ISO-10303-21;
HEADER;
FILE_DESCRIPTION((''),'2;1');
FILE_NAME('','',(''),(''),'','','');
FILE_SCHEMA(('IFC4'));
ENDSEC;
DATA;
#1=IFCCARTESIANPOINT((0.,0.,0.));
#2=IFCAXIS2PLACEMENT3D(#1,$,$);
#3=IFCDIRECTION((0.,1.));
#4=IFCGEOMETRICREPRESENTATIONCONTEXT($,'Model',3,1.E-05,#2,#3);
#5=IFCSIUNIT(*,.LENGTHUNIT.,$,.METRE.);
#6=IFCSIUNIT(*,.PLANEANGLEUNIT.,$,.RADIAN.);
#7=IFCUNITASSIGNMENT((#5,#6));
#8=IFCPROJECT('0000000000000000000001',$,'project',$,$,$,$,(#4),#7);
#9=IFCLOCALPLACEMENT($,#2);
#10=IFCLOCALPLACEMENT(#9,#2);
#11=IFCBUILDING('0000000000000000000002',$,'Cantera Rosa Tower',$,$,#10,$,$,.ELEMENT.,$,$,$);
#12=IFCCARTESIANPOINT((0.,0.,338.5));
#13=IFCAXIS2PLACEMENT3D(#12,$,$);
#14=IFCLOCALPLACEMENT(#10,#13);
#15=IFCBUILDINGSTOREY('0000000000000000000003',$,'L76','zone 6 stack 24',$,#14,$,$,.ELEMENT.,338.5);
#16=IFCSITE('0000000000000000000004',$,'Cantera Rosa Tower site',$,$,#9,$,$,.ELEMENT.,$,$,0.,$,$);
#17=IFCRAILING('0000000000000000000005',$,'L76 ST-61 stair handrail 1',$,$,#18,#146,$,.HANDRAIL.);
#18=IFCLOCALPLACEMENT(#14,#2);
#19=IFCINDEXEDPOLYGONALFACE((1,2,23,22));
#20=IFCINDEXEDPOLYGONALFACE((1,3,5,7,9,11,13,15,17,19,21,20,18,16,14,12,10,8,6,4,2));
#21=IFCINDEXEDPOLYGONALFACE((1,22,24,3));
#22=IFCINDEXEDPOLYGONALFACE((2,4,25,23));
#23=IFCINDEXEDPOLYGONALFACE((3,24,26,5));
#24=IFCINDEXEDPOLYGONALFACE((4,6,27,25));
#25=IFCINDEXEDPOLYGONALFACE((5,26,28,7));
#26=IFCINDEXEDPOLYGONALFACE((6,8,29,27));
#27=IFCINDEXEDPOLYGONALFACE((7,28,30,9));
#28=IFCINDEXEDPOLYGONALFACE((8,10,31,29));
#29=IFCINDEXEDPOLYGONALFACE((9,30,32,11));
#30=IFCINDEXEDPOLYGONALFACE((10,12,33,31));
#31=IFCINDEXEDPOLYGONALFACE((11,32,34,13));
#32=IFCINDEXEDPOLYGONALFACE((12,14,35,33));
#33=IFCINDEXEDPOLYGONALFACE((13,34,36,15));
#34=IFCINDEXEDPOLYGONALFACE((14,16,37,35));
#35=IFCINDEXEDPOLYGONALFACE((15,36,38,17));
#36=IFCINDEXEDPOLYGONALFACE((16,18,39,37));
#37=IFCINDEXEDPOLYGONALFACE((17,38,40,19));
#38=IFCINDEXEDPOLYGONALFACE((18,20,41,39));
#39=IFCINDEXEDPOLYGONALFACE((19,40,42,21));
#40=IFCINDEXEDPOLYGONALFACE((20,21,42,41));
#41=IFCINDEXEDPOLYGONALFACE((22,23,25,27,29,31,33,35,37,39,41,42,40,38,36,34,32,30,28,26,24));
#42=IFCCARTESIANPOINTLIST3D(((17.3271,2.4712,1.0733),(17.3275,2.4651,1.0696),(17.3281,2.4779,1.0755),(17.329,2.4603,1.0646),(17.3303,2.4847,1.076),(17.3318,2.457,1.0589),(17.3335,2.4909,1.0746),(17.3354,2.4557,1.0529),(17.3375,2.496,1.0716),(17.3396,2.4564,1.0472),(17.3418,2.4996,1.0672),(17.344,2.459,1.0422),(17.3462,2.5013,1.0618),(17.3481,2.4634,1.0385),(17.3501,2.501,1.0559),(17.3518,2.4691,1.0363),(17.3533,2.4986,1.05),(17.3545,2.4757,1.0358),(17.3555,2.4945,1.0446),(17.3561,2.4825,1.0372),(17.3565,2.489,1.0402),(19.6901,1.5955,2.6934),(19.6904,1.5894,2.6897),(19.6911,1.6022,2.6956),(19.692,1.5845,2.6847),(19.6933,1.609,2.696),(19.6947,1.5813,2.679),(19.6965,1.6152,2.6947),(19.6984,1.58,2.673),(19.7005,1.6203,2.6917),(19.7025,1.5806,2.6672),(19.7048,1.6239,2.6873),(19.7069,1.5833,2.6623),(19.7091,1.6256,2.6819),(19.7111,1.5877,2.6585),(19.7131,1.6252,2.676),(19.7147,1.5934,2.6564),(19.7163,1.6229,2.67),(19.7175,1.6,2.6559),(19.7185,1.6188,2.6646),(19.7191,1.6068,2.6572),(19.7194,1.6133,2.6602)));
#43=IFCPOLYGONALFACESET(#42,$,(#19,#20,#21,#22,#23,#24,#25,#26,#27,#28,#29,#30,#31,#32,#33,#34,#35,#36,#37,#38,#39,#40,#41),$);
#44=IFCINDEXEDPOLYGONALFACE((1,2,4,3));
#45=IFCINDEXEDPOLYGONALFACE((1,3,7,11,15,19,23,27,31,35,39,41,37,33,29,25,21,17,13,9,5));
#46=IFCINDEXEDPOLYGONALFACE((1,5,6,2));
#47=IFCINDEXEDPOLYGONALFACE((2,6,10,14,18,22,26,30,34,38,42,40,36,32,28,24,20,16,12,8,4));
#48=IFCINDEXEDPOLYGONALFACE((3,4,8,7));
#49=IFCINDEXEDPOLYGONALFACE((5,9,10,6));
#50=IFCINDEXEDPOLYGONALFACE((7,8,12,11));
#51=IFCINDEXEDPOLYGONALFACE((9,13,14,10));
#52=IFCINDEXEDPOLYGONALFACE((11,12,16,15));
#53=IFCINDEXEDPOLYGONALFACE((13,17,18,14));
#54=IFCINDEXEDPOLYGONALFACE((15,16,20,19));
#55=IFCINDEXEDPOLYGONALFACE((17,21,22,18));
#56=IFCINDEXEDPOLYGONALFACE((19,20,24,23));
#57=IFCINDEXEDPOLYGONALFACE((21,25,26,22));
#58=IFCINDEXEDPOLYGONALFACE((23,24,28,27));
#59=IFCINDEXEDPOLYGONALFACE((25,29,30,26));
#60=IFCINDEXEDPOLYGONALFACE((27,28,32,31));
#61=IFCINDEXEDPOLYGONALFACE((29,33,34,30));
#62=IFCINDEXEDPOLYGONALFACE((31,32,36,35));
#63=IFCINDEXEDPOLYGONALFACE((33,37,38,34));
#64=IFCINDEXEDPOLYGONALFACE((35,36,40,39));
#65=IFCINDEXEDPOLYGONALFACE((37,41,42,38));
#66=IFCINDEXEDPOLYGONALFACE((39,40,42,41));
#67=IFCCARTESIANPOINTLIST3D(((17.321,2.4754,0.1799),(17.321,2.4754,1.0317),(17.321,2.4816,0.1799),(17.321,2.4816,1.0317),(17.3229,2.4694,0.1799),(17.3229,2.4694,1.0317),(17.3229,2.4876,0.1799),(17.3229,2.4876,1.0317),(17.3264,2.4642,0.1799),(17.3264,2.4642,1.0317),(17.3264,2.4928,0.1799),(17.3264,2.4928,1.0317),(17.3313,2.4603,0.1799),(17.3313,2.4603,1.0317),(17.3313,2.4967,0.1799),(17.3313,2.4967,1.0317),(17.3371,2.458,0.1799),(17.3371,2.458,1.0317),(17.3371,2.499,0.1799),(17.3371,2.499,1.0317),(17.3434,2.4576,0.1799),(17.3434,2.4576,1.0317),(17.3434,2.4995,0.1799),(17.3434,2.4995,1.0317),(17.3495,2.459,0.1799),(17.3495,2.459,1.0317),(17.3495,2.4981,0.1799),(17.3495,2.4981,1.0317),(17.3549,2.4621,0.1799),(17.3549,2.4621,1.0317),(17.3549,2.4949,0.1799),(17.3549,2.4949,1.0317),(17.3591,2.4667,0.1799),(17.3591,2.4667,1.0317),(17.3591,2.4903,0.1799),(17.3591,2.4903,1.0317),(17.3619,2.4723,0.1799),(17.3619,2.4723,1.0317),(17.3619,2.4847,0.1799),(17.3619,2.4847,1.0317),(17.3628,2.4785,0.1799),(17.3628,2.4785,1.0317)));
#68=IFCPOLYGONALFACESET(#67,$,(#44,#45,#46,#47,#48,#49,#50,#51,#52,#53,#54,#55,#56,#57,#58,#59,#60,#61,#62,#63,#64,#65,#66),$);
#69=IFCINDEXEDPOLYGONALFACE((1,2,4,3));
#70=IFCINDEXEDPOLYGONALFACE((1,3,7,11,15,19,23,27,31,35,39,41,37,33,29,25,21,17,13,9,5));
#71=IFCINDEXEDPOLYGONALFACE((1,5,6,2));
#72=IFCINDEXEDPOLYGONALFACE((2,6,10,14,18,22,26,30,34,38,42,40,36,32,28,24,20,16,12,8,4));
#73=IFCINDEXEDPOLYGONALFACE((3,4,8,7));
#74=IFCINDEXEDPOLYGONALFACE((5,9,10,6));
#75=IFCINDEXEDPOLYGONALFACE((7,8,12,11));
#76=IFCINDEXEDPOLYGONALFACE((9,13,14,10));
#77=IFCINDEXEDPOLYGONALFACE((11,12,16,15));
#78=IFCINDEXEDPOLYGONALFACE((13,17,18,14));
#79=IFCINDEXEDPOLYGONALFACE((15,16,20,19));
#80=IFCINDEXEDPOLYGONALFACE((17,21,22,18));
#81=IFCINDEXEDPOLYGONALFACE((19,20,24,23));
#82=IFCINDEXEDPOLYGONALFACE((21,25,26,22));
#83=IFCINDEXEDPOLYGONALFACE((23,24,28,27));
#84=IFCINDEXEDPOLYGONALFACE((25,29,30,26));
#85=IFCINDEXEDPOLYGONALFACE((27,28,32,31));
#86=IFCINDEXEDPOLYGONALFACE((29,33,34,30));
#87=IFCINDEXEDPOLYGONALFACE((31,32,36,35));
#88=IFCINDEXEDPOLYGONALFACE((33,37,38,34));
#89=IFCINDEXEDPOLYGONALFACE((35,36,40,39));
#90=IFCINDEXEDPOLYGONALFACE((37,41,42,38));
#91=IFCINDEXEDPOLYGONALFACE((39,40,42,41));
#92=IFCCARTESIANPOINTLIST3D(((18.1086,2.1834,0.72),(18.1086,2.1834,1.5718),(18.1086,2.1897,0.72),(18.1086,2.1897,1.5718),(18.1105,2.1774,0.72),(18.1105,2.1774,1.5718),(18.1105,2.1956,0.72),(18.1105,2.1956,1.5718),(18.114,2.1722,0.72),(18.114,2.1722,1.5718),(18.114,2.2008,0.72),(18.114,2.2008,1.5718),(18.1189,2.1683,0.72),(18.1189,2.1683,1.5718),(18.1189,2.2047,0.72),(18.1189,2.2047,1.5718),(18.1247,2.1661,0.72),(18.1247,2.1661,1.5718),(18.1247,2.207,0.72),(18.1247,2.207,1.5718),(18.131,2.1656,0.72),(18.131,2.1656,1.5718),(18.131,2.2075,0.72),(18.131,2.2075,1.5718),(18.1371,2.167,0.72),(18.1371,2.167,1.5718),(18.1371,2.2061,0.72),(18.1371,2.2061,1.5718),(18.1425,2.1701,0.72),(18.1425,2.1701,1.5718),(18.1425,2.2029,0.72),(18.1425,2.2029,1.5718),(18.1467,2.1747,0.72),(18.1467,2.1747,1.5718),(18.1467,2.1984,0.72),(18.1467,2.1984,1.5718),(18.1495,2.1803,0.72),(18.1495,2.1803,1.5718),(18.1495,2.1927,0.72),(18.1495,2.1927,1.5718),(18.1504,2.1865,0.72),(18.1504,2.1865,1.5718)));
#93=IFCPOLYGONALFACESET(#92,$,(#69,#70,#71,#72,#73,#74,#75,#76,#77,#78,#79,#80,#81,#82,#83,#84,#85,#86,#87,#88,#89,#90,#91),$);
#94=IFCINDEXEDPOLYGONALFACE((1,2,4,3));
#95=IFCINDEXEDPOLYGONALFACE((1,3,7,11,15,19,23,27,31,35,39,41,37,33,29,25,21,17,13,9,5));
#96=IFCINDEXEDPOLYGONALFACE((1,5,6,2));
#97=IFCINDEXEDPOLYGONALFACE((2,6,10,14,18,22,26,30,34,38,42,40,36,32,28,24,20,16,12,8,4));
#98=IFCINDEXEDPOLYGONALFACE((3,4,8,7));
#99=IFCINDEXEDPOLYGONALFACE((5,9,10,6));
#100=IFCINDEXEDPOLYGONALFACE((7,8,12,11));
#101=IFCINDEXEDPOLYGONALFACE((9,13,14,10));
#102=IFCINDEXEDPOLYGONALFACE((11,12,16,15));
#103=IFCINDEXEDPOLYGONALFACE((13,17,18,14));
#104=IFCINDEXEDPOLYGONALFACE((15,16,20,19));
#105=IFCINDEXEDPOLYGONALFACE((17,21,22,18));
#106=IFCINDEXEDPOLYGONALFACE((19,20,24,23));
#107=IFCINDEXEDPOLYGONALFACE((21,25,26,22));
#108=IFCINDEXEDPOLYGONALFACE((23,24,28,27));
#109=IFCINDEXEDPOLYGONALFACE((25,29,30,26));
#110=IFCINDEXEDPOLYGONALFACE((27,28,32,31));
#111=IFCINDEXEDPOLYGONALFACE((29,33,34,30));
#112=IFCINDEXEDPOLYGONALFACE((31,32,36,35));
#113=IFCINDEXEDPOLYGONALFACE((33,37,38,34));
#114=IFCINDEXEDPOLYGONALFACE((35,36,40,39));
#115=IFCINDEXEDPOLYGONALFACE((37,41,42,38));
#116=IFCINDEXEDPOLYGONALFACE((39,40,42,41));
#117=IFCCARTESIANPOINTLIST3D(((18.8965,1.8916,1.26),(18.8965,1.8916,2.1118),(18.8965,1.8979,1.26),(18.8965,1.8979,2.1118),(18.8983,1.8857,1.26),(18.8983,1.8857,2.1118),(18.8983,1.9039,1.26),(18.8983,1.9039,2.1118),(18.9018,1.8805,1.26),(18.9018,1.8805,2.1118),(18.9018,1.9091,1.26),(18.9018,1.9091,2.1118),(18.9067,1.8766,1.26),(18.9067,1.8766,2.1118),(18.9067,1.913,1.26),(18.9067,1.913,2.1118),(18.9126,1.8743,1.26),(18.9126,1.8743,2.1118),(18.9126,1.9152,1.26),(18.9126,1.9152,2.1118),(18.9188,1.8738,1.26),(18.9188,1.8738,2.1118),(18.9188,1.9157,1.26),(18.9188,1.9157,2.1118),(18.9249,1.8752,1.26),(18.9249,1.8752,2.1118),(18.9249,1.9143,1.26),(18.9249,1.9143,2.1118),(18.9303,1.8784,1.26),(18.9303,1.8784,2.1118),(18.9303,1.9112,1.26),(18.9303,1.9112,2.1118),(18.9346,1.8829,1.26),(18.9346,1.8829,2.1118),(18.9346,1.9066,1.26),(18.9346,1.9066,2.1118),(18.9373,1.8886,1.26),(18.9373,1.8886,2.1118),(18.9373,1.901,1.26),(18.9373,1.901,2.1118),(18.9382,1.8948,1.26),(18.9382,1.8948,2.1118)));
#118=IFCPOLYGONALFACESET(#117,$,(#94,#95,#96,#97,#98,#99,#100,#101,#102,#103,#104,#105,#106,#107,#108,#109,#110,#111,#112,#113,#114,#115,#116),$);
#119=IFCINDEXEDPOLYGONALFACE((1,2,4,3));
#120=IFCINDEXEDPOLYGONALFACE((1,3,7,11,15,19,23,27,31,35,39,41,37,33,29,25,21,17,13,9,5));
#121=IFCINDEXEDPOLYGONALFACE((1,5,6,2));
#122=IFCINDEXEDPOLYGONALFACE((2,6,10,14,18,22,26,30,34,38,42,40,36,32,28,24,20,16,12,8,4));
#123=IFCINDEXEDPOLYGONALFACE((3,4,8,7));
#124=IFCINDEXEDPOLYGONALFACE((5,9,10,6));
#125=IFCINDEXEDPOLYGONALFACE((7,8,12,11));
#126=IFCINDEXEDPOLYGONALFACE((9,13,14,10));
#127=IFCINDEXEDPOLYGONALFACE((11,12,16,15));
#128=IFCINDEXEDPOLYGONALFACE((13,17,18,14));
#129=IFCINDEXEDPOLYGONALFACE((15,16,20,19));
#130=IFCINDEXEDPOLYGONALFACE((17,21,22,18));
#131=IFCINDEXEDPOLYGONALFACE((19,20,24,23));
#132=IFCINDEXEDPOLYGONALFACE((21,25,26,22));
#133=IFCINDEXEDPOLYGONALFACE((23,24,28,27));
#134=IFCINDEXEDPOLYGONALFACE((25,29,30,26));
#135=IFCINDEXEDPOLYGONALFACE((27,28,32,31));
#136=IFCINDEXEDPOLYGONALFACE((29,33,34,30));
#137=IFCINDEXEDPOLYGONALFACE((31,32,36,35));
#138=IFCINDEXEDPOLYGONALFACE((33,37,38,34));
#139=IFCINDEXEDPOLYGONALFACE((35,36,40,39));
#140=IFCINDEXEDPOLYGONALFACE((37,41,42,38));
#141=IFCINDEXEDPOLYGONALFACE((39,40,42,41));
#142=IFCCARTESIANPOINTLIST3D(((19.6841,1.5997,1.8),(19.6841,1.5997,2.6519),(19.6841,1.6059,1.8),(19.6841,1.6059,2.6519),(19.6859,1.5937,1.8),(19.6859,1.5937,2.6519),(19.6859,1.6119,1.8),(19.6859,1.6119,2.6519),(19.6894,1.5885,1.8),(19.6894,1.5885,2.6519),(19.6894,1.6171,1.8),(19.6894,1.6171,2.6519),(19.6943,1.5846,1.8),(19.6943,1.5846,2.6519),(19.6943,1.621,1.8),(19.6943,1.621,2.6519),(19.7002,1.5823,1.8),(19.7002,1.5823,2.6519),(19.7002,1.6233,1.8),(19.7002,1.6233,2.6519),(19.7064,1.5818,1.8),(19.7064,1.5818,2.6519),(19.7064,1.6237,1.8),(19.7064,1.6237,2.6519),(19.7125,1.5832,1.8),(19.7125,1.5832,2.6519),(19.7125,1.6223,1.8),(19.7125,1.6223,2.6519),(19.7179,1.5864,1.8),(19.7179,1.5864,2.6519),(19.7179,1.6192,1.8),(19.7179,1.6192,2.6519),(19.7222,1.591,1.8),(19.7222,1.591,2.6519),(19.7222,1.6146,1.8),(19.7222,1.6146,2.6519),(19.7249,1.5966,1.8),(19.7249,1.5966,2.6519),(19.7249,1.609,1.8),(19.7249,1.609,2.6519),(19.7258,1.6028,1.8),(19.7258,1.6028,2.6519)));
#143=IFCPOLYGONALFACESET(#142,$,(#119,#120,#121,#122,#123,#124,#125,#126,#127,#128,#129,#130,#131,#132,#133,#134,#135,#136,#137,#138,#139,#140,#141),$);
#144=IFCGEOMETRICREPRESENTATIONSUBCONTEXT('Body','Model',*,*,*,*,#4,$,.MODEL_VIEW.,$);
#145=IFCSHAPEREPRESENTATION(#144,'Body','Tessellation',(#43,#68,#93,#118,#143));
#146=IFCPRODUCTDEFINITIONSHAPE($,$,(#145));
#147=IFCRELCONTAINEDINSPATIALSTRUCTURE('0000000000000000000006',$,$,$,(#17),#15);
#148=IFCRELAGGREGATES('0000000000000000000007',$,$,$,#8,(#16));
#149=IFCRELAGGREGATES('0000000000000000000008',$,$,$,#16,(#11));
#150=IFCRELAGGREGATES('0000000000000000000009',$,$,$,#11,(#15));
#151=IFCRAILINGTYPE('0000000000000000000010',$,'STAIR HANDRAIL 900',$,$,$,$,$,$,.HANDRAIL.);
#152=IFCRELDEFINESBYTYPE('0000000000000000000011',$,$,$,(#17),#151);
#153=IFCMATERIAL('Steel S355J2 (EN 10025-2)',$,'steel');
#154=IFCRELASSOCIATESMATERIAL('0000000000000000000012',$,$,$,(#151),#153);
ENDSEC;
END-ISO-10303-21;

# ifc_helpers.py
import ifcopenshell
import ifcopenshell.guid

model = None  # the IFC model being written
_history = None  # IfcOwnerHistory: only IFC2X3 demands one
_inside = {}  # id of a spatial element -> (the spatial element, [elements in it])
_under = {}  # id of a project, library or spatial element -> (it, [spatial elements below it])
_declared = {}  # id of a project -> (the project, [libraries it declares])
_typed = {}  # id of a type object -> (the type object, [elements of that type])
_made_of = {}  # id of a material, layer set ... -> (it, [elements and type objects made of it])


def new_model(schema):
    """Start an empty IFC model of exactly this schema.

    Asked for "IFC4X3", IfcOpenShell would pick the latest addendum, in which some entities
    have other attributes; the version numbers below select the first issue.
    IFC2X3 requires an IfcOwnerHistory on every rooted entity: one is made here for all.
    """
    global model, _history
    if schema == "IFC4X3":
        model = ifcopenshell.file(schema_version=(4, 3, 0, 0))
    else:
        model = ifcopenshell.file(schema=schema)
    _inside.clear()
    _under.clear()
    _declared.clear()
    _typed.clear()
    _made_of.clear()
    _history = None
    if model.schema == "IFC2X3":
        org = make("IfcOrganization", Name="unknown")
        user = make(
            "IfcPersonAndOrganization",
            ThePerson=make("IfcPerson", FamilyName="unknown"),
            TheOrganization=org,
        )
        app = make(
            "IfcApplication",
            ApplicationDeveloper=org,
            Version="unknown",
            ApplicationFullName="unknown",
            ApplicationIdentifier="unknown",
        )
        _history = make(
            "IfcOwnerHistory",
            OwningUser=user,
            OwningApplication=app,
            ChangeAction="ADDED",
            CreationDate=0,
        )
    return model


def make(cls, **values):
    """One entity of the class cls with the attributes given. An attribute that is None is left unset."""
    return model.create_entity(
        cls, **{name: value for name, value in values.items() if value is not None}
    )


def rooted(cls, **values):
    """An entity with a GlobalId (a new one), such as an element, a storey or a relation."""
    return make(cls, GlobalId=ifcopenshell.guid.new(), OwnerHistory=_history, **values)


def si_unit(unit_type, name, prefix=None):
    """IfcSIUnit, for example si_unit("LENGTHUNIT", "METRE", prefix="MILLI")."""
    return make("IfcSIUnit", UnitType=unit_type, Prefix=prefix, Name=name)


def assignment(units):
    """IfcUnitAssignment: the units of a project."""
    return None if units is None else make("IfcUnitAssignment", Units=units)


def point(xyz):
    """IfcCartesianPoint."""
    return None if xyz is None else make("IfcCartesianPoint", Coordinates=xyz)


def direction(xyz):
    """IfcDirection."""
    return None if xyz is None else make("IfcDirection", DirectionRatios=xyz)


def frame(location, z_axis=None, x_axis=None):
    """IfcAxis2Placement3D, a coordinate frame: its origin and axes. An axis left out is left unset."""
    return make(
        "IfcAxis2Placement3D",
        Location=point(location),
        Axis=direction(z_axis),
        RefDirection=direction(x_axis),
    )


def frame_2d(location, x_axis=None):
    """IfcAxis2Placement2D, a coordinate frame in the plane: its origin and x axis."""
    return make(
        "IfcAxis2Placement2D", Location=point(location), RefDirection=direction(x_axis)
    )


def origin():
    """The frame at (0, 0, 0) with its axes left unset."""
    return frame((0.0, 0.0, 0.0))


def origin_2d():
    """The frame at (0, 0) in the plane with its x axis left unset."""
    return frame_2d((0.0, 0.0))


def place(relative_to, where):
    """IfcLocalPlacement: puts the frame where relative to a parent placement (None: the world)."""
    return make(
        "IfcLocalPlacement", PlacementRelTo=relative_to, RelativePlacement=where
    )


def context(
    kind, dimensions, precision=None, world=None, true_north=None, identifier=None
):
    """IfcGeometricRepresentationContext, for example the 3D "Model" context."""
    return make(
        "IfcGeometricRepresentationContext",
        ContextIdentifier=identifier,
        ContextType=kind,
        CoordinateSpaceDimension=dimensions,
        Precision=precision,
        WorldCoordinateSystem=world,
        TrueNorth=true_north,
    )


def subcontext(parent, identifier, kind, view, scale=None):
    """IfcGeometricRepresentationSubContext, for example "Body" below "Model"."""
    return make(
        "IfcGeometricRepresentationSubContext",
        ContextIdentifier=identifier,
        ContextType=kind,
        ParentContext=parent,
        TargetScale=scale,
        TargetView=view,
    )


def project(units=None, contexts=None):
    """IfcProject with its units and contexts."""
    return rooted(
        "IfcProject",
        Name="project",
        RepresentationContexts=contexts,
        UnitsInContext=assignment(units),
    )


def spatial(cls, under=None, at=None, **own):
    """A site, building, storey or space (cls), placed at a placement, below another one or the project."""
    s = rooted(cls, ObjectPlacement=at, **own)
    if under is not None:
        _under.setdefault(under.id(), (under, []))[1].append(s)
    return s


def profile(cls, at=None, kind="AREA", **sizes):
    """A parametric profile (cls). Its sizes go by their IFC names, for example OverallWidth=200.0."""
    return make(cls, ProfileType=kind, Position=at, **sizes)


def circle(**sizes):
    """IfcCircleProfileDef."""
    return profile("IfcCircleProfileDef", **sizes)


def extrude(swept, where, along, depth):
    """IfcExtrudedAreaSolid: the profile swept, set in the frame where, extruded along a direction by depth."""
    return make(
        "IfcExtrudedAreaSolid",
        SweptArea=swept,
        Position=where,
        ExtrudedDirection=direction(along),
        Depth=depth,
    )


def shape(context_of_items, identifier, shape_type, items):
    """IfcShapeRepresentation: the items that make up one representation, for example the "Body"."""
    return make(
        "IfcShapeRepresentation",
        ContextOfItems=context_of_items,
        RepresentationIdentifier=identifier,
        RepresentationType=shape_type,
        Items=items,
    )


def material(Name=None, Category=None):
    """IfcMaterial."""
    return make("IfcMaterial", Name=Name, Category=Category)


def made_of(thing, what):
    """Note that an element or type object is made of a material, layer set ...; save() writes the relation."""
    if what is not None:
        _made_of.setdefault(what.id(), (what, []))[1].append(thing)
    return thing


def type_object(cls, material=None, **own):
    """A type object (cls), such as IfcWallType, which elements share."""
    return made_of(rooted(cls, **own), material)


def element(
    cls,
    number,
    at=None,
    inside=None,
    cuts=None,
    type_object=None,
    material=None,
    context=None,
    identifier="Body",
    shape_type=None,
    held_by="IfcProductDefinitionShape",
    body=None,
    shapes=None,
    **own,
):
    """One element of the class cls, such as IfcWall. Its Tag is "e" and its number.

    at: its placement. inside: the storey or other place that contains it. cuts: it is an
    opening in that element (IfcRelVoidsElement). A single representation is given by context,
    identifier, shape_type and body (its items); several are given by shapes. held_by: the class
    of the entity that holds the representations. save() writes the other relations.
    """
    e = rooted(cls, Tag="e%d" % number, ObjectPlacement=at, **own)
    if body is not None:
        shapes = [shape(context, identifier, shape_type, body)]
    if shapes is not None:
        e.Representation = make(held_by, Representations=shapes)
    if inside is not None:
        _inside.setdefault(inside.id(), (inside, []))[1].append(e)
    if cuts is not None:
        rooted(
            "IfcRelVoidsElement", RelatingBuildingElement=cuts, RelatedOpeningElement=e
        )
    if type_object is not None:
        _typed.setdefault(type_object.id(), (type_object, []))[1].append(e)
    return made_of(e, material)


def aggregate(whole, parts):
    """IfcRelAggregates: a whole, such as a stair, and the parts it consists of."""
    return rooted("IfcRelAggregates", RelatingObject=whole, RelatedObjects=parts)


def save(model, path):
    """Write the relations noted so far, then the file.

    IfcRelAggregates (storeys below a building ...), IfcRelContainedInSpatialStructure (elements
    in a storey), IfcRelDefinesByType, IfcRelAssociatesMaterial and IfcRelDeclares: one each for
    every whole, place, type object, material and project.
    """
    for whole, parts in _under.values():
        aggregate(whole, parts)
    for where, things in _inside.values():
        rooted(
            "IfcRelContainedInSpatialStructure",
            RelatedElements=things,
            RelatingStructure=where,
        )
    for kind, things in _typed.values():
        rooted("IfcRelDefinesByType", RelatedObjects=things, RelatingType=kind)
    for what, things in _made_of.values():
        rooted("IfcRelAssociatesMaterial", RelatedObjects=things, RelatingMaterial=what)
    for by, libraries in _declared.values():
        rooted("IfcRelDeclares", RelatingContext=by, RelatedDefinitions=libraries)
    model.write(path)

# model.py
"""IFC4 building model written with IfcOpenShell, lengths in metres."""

from ifc_helpers import new_model, si_unit, direction, frame, origin, origin_2d, place, context, subcontext, project, spatial, circle, extrude, material, type_object, element, save


model = new_model("IFC4")

# Units and contexts
model_context = context("Model", 3, precision=1e-05, world=origin(), true_north=direction((0.0, 1.0)))
body_context = subcontext(model_context, "Body", "Model", "MODEL_VIEW")
ifc_project = project(units=[si_unit("LENGTHUNIT", "METRE"), si_unit("PLANEANGLEUNIT", "RADIAN")], contexts=[model_context])

# Site, building, storey
site_placement = place(None, origin())
site = spatial("IfcSite", under=ifc_project, at=site_placement, Name="Cantera Rosa Tower site", CompositionType="ELEMENT", RefElevation=0.0)
building_placement = place(site_placement, origin())
building = spatial("IfcBuilding", under=site, at=building_placement, Name="Cantera Rosa Tower", CompositionType="ELEMENT")
storey_placement = place(building_placement, frame((0.0, 0.0, 338.5)))
storey = spatial("IfcBuildingStorey", under=building, at=storey_placement, Name="L76", Description="zone 6 stack 24", CompositionType="ELEMENT", Elevation=338.5)

# Railing
ifc_material_1 = material(Name="Steel S355J2 (EN 10025-2)", Category="steel")
railing_type_1 = type_object("IfcRailingType", Name="STAIR HANDRAIL 900", PredefinedType="HANDRAIL", material=ifc_material_1)
railing_1_placement = place(storey_placement, frame((17.3418, 2.4785, 0.1799)))
element("IfcRailing", 1, at=railing_1_placement, inside=storey, type_object=railing_type_1, Name="L76 ST-61 stair handrail 1", PredefinedType="HANDRAIL", context=body_context, shape_type="SweptSolid", body=[
    extrude(circle(Radius=0.0239, at=origin_2d()), frame((0.0, 0.0, 0.876), z_axis=(0.788748, -0.292307, 0.540772), x_axis=(0.347501, 0.93768, 0.0)), (0.0, 0.0, 1.0), 2.9958),
    extrude(circle(Radius=0.021, at=origin_2d()), origin(), (0.0, 0.0, 1.0), 0.8518),
    extrude(circle(Radius=0.021, at=origin_2d()), frame((0.7876, -0.292, 0.54)), (0.0, 0.0, 1.0), 0.8518),
    extrude(circle(Radius=0.021, at=origin_2d()), frame((1.5754, -0.5837, 1.0801)), (0.0, 0.0, 1.0), 0.8518),
    extrude(circle(Radius=0.021, at=origin_2d()), frame((2.363, -0.8757, 1.6201)), (0.0, 0.0, 1.0), 0.8518),
])

save(model, "model.ifc")
